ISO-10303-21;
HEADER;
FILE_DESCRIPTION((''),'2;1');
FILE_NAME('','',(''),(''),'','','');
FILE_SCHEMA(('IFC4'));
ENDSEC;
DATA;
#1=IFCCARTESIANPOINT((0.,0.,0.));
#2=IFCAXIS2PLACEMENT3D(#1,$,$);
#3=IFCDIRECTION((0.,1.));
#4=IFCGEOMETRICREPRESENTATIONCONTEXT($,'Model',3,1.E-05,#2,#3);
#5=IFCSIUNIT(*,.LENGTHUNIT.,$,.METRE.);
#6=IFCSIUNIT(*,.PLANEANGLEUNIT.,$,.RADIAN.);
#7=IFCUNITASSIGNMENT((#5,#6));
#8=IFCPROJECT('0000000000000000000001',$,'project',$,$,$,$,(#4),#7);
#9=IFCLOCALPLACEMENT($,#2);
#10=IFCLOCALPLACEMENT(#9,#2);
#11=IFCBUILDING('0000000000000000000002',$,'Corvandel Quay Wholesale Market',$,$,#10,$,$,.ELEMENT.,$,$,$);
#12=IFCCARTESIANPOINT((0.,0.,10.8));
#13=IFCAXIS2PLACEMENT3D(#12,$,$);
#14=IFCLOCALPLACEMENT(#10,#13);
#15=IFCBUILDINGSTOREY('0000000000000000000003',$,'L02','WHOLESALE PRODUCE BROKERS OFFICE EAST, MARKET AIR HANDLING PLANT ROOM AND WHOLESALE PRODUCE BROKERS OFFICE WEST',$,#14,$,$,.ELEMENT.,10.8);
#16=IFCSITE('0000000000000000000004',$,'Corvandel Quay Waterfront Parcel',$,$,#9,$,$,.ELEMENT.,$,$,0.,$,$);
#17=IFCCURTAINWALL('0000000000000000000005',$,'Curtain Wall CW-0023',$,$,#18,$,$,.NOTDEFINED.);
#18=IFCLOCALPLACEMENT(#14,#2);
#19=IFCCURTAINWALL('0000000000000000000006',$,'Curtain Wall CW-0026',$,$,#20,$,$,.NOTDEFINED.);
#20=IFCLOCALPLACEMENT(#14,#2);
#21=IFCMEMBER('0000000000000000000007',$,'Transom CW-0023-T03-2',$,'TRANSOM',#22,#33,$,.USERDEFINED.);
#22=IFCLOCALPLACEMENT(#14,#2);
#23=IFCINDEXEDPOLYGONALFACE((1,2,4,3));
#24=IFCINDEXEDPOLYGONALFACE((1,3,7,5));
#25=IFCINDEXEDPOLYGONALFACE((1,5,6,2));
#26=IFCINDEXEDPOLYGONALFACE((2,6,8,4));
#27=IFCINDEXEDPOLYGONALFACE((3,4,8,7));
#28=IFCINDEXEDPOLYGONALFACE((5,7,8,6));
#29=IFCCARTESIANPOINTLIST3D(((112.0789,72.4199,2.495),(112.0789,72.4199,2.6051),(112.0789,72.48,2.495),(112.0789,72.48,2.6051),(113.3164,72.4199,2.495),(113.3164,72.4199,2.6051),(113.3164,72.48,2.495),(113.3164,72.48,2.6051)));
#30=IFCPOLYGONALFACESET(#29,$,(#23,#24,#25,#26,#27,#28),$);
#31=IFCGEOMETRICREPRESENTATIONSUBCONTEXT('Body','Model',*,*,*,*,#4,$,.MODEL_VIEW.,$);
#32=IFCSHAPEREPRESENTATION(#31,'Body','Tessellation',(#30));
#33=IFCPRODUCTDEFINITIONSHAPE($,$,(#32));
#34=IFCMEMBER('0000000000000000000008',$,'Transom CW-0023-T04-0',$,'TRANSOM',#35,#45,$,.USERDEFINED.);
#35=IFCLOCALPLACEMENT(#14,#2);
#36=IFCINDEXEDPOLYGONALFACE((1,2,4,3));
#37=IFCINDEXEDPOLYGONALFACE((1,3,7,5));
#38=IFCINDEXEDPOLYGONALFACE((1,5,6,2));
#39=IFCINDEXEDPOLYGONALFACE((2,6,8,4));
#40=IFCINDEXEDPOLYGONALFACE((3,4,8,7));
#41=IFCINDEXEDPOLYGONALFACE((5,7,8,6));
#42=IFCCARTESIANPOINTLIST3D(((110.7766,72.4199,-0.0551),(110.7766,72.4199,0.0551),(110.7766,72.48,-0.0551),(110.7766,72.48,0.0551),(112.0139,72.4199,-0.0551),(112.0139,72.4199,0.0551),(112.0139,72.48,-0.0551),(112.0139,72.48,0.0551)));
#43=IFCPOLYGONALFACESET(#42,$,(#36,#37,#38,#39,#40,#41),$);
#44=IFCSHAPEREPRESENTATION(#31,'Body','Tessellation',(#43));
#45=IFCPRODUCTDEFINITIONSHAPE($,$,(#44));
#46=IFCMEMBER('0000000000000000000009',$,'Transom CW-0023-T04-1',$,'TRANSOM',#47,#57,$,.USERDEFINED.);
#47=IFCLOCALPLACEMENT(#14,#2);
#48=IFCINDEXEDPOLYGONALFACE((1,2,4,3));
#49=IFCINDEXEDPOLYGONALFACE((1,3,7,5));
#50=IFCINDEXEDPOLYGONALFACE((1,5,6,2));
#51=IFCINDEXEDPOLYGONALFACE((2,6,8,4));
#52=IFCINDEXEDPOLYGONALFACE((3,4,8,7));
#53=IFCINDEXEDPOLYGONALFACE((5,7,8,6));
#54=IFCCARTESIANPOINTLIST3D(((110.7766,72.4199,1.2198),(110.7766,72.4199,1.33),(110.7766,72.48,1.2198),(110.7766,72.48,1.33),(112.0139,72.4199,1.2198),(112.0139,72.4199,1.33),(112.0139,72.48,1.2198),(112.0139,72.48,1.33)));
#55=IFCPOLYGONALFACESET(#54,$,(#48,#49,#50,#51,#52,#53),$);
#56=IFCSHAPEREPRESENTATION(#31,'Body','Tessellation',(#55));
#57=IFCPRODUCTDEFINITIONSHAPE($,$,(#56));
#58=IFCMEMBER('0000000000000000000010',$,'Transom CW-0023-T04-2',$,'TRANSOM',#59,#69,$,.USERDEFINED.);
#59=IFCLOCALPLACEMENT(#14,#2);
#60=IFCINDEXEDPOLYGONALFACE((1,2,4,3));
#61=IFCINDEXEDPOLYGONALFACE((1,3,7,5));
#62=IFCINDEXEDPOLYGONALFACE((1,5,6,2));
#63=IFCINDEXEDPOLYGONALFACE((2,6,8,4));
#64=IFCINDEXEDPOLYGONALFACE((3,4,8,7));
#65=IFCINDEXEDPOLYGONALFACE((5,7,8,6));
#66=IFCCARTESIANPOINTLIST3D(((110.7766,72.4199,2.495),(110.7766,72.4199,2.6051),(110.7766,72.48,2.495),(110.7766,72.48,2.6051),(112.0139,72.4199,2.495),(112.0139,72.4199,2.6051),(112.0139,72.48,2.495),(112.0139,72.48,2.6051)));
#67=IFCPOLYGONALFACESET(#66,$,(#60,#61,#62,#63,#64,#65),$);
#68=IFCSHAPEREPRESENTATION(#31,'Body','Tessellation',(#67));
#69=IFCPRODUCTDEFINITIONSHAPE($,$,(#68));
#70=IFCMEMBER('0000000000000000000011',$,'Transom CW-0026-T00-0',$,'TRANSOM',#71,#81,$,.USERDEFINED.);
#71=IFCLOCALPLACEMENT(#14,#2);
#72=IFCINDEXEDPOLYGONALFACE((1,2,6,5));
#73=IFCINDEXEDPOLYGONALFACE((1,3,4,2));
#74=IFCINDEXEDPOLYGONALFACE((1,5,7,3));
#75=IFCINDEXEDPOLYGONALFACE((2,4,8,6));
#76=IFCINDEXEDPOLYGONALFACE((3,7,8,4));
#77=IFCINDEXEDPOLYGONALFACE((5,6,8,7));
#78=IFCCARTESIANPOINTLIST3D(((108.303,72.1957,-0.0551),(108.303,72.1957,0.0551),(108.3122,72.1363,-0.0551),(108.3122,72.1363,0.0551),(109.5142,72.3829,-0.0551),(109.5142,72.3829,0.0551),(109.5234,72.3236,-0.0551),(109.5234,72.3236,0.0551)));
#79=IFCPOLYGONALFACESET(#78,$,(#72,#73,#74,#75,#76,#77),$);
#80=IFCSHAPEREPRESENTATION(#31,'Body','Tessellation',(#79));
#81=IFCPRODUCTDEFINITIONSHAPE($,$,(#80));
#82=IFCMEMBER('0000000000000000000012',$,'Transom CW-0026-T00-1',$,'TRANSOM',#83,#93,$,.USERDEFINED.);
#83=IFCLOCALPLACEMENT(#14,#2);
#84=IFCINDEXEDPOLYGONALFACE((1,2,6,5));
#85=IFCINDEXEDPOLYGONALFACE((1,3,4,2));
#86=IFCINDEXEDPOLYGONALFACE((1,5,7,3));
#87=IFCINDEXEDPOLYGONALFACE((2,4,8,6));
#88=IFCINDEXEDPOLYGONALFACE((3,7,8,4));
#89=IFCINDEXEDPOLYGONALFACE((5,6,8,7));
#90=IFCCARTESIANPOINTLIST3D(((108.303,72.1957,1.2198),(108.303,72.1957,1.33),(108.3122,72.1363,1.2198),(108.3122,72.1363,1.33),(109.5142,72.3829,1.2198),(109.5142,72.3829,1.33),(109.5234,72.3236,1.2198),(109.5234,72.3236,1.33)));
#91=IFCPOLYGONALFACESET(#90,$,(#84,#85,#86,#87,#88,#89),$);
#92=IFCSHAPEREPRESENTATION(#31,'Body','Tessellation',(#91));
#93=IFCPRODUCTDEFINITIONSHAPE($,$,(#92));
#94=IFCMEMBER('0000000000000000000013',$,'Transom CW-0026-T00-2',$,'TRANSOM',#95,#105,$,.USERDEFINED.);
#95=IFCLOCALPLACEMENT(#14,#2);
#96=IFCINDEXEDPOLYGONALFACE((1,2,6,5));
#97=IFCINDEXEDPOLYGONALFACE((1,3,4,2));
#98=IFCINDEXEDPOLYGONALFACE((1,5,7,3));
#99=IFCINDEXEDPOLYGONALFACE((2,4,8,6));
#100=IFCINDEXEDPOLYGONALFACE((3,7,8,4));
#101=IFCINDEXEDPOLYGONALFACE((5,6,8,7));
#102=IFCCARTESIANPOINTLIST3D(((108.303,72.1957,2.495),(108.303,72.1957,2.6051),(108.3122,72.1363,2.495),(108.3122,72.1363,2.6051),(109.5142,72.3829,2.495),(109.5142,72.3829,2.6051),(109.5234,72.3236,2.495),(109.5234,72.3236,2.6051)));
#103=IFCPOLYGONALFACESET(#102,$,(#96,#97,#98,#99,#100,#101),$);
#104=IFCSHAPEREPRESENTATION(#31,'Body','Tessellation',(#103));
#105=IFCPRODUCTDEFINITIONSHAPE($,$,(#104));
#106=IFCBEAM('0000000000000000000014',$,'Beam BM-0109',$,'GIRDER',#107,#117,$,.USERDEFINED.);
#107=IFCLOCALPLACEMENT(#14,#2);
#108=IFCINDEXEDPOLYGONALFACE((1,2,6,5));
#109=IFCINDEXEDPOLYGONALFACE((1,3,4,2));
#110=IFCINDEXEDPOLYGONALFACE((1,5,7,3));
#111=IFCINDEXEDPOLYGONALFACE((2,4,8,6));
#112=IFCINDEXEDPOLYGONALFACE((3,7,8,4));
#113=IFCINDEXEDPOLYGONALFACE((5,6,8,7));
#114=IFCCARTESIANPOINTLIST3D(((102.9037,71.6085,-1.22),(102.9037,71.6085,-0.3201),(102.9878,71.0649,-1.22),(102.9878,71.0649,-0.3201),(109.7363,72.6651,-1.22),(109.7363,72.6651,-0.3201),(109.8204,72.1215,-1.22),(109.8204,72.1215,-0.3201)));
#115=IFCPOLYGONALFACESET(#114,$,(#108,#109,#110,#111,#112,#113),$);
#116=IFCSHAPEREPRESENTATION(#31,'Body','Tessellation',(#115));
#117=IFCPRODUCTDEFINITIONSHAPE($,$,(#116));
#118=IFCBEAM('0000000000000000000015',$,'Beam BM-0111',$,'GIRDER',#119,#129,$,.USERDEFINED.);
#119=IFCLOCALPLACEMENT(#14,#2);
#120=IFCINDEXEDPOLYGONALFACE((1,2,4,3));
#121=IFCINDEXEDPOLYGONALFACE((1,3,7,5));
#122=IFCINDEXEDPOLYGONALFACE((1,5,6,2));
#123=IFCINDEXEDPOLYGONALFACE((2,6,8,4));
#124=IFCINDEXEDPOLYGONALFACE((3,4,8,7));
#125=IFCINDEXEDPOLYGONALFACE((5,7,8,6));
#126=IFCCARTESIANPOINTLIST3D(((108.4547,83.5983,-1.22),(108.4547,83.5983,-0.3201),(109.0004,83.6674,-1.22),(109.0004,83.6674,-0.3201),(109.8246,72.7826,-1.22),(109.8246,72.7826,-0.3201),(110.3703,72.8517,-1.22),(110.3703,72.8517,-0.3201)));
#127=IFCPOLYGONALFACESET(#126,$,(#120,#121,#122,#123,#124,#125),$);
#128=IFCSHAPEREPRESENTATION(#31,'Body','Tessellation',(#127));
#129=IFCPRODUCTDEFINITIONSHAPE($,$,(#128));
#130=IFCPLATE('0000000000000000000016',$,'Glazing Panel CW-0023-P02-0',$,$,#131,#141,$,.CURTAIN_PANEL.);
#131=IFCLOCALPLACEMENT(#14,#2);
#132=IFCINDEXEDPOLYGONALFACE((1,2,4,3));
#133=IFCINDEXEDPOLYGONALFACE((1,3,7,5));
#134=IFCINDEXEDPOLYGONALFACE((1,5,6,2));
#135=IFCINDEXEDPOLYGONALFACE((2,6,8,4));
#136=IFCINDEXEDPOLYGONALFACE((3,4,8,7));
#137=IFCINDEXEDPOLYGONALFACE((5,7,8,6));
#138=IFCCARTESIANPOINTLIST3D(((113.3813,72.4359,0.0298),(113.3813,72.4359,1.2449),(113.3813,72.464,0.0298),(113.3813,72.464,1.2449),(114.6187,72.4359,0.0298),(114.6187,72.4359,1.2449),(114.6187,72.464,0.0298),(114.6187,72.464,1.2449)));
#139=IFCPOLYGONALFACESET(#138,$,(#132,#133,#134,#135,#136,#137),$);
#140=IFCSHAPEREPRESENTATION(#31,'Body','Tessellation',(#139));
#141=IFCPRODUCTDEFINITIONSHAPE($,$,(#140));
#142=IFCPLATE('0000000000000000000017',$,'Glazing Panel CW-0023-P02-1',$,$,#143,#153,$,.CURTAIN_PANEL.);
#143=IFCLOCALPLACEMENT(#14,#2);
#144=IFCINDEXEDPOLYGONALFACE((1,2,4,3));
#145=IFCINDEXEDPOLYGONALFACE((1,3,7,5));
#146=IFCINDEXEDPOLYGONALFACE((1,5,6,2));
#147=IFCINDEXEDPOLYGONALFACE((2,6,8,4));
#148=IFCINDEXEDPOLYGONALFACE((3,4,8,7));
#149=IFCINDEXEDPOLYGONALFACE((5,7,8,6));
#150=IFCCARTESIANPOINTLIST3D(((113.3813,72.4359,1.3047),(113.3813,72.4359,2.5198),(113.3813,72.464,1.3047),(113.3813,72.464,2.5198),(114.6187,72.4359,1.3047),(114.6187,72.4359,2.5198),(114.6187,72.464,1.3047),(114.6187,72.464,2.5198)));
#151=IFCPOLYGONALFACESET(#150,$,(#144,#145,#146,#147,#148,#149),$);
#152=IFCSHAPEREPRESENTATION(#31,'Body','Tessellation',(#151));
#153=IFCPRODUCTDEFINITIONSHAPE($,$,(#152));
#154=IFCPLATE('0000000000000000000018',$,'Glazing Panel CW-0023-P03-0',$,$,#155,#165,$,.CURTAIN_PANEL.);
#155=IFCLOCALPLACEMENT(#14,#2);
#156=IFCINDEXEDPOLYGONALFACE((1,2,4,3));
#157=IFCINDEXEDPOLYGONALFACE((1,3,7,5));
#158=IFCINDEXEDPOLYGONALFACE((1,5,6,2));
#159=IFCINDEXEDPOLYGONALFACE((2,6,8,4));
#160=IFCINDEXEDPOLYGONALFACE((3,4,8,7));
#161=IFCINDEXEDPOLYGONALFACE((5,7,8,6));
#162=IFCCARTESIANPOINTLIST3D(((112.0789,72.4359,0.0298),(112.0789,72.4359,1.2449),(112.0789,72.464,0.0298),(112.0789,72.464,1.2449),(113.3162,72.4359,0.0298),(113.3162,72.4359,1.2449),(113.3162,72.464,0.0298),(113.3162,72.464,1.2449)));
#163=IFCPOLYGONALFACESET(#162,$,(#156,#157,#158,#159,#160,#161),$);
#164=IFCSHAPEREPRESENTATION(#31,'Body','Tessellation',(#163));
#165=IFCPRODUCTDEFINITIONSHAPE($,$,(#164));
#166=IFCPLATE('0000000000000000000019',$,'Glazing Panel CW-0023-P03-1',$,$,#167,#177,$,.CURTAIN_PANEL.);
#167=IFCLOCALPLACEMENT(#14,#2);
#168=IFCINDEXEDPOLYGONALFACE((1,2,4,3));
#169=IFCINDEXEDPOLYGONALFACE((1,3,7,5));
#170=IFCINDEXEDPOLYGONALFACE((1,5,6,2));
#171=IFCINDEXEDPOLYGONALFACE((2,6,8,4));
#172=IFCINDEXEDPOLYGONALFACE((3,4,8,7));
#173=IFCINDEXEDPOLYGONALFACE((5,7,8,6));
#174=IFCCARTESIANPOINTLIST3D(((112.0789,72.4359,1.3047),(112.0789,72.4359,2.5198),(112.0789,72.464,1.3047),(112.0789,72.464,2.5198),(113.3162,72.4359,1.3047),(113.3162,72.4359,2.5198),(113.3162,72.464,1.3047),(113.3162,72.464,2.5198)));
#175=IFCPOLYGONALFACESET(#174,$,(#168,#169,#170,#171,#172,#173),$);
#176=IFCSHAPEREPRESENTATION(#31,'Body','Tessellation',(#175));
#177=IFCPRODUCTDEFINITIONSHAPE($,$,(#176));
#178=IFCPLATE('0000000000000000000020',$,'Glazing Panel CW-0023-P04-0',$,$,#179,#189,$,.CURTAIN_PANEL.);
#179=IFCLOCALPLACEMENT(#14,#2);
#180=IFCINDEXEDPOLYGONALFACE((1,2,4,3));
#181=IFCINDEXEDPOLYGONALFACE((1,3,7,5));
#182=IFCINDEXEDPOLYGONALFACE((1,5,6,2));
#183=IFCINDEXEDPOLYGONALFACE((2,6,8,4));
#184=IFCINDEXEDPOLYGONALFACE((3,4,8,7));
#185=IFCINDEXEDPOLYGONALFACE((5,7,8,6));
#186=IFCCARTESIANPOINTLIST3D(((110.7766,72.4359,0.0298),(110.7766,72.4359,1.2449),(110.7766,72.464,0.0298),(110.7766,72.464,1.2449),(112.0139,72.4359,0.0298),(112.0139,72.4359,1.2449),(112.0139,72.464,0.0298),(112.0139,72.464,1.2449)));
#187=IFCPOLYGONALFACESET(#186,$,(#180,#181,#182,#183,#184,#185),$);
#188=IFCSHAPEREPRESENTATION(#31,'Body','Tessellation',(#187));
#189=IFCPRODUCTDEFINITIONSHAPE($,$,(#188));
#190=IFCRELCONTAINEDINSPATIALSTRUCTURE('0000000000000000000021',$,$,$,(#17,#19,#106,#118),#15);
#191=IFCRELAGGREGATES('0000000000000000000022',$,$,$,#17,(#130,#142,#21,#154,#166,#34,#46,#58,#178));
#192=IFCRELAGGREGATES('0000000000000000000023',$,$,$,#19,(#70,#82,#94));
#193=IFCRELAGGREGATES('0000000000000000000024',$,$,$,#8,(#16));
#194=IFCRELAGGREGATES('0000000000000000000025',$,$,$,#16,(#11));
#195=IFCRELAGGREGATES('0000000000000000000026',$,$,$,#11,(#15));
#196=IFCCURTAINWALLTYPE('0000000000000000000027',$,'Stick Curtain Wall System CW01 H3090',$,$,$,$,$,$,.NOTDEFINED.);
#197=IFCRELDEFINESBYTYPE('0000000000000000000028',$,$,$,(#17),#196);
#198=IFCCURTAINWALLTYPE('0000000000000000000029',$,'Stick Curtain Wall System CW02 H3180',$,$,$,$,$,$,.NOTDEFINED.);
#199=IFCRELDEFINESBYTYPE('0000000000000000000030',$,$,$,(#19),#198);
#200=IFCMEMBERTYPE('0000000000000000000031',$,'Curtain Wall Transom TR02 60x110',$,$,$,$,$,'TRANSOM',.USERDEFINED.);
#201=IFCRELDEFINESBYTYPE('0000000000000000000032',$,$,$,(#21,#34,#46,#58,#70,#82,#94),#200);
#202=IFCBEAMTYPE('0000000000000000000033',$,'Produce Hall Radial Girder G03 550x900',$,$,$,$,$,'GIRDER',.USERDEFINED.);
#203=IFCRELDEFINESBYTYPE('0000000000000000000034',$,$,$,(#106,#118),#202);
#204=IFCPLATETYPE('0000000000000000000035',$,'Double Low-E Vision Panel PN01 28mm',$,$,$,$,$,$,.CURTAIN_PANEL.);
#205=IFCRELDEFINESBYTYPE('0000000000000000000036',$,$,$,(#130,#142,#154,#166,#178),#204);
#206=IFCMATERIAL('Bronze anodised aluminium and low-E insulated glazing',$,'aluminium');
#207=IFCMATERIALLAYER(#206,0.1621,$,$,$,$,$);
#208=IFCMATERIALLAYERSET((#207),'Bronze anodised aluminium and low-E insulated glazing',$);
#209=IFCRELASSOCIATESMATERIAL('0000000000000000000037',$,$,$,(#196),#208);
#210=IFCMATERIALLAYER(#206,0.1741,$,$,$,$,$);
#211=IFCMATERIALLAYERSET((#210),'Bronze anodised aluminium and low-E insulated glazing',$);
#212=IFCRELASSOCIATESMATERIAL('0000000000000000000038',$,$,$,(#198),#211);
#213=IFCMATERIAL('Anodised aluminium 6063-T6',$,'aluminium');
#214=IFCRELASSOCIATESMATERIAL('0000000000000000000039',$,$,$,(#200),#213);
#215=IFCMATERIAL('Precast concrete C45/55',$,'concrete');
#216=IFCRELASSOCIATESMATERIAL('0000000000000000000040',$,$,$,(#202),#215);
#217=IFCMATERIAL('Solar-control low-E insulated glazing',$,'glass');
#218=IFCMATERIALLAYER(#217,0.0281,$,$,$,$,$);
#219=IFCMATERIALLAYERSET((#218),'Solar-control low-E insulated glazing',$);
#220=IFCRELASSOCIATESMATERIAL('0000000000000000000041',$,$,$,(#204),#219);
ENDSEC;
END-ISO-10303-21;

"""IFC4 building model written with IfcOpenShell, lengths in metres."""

from ifc_helpers import new_model, si_unit, direction, frame, origin, origin_2d, place, context, subcontext, project, spatial, rectangle, extrude, material, layer, layer_set, material_profile, profile_set, type_object, element, aggregate, save


model = new_model("IFC4")

# Units and contexts
model_context = context("Model", 3, precision=1e-05, world=origin(), true_north=direction((0.0, 1.0)))
body_context = subcontext(model_context, "Body", "Model", "MODEL_VIEW")
ifc_project = project(units=[si_unit("LENGTHUNIT", "METRE"), si_unit("PLANEANGLEUNIT", "RADIAN")], contexts=[model_context])

# Site, building, storey
site_placement = place(None, origin())
site = spatial("IfcSite", under=ifc_project, at=site_placement, Name="Corvandel Quay Waterfront Parcel", CompositionType="ELEMENT", RefElevation=0.0)
building_placement = place(site_placement, origin())
building = spatial("IfcBuilding", under=site, at=building_placement, Name="Corvandel Quay Wholesale Market", CompositionType="ELEMENT")
storey_placement = place(building_placement, frame((0.0, 0.0, 10.8)))
storey = spatial("IfcBuildingStorey", under=building, at=storey_placement, Name="L02", Description="WHOLESALE PRODUCE BROKERS OFFICE EAST, MARKET AIR HANDLING PLANT ROOM AND WHOLESALE PRODUCE BROKERS OFFICE WEST", CompositionType="ELEMENT", Elevation=10.8)

# Shared definitions
ifc_material_1 = material(Name="Precast concrete C45/55", Category="concrete")

# Curtain wall
ifc_material_2 = material(Name="Bronze anodised aluminium and low-E insulated glazing", Category="aluminium")
ifc_layer_1 = layer(ifc_material_2, 0.1621)
ifc_layer_set_1 = layer_set([ifc_layer_1], Name="Bronze anodised aluminium and low-E insulated glazing")
curtain_wall_type_1 = type_object("IfcCurtainWallType", Name="Stick Curtain Wall System CW01 H3090", PredefinedType="NOTDEFINED", material=ifc_layer_set_1)
curtain_wall_1_placement = place(storey_placement, origin())
curtain_wall_1 = element("IfcCurtainWall", 1, at=curtain_wall_1_placement, inside=storey, type_object=curtain_wall_type_1, Name="Curtain Wall CW-0023", PredefinedType="NOTDEFINED")
ifc_material_3 = material(Name="Anodised aluminium 6063-T6", Category="aluminium")

# Curtain wall
ifc_layer_2 = layer(ifc_material_2, 0.1741)
ifc_layer_set_2 = layer_set([ifc_layer_2], Name="Bronze anodised aluminium and low-E insulated glazing")
curtain_wall_type_2 = type_object("IfcCurtainWallType", Name="Stick Curtain Wall System CW02 H3180", PredefinedType="NOTDEFINED", material=ifc_layer_set_2)
curtain_wall_2_placement = place(storey_placement, origin())
curtain_wall_2 = element("IfcCurtainWall", 2, at=curtain_wall_2_placement, inside=storey, type_object=curtain_wall_type_2, Name="Curtain Wall CW-0026", PredefinedType="NOTDEFINED")

# Members
ifc_material_profile_1 = material_profile(ifc_material_3, rectangle(XDim=0.0601, YDim=0.1101, at=origin_2d()), Name="ALU-TRN-60x110")
ifc_profile_set_1 = profile_set([ifc_material_profile_1], Name="Anodised aluminium 6063-T6")
member_type_1 = type_object("IfcMemberType", Name="Curtain Wall Transom TR02 60x110", ElementType="TRANSOM", PredefinedType="USERDEFINED", material=ifc_profile_set_1)
member_1_placement = place(storey_placement, frame((113.3164, 72.45, 2.55), z_axis=(-1.0, 0.0, 0.0), x_axis=(0.0, -1.0, 0.0)))
member_1 = element("IfcMember", 3, at=member_1_placement, type_object=member_type_1, Name="Transom CW-0023-T03-2", ObjectType="TRANSOM", PredefinedType="USERDEFINED", context=body_context, shape_type="SweptSolid", body=[
    extrude(rectangle(XDim=0.0601, YDim=0.1101, at=origin_2d()), origin(), (0.0, 0.0, 1.0), 1.2375),
])
member_2_placement = place(storey_placement, frame((112.0139, 72.45, 0.0), z_axis=(-1.0, 0.0, 0.0), x_axis=(0.0, -1.0, 0.0)))
member_2 = element("IfcMember", 4, at=member_2_placement, type_object=member_type_1, Name="Transom CW-0023-T04-0", ObjectType="TRANSOM", PredefinedType="USERDEFINED", context=body_context, shape_type="SweptSolid", body=[
    extrude(rectangle(XDim=0.0601, YDim=0.1101, at=origin_2d()), origin(), (0.0, 0.0, 1.0), 1.2373),
])
member_3_placement = place(storey_placement, frame((112.0139, 72.45, 1.2749), z_axis=(-1.0, 0.0, 0.0), x_axis=(0.0, -1.0, 0.0)))
member_3 = element("IfcMember", 5, at=member_3_placement, type_object=member_type_1, Name="Transom CW-0023-T04-1", ObjectType="TRANSOM", PredefinedType="USERDEFINED", context=body_context, shape_type="SweptSolid", body=[
    extrude(rectangle(XDim=0.0601, YDim=0.1101, at=origin_2d()), origin(), (0.0, 0.0, 1.0), 1.2373),
])
member_4_placement = place(storey_placement, frame((112.0139, 72.45, 2.55), z_axis=(-1.0, 0.0, 0.0), x_axis=(0.0, -1.0, 0.0)))
member_4 = element("IfcMember", 6, at=member_4_placement, type_object=member_type_1, Name="Transom CW-0023-T04-2", ObjectType="TRANSOM", PredefinedType="USERDEFINED", context=body_context, shape_type="SweptSolid", body=[
    extrude(rectangle(XDim=0.0601, YDim=0.1101, at=origin_2d()), origin(), (0.0, 0.0, 1.0), 1.2373),
])
member_5_placement = place(storey_placement, frame((109.5188, 72.3533, 0.0), z_axis=(-0.988259, -0.152791, 0.0), x_axis=(0.152791, -0.988259, 0.0)))
member_5 = element("IfcMember", 7, at=member_5_placement, type_object=member_type_1, Name="Transom CW-0026-T00-0", ObjectType="TRANSOM", PredefinedType="USERDEFINED", context=body_context, shape_type="SweptSolid", body=[
    extrude(rectangle(XDim=0.0601, YDim=0.1101, at=origin_2d()), origin(), (0.0, 0.0, 1.0), 1.2256),
])
member_6_placement = place(storey_placement, frame((109.5188, 72.3533, 1.2749), z_axis=(-0.988259, -0.152791, 0.0), x_axis=(0.152791, -0.988259, 0.0)))
member_6 = element("IfcMember", 8, at=member_6_placement, type_object=member_type_1, Name="Transom CW-0026-T00-1", ObjectType="TRANSOM", PredefinedType="USERDEFINED", context=body_context, shape_type="SweptSolid", body=[
    extrude(rectangle(XDim=0.0601, YDim=0.1101, at=origin_2d()), origin(), (0.0, 0.0, 1.0), 1.2256),
])
member_7_placement = place(storey_placement, frame((109.5188, 72.3533, 2.55), z_axis=(-0.988259, -0.152791, 0.0), x_axis=(0.152791, -0.988259, 0.0)))
member_7 = element("IfcMember", 9, at=member_7_placement, type_object=member_type_1, Name="Transom CW-0026-T00-2", ObjectType="TRANSOM", PredefinedType="USERDEFINED", context=body_context, shape_type="SweptSolid", body=[
    extrude(rectangle(XDim=0.0601, YDim=0.1101, at=origin_2d()), origin(), (0.0, 0.0, 1.0), 1.2256),
])

# Beams
ifc_material_profile_2 = material_profile(ifc_material_1, rectangle(XDim=0.55, YDim=0.8999, at=origin_2d()), Name="PC-GIR-550x900")
ifc_profile_set_2 = profile_set([ifc_material_profile_2], Name="Precast concrete C45/55")
beam_type = type_object("IfcBeamType", Name="Produce Hall Radial Girder G03 550x900", ElementType="GIRDER", PredefinedType="USERDEFINED", material=ifc_profile_set_2)
beam_1_placement = place(storey_placement, frame((109.7783, 72.3933, -0.77), z_axis=(-0.988252, -0.152832, 0.0), x_axis=(0.152832, -0.988252, 0.0)))
element("IfcBeam", 10, at=beam_1_placement, inside=storey, type_object=beam_type, Name="Beam BM-0109", ObjectType="GIRDER", PredefinedType="USERDEFINED", context=body_context, shape_type="SweptSolid", body=[
    extrude(rectangle(XDim=0.55, YDim=0.8999, at=origin_2d()), origin(), (0.0, 0.0, 1.0), 6.9138),
])
beam_2_placement = place(storey_placement, frame((108.7275, 83.6328, -0.77), z_axis=(0.125652, -0.992074, 0.0), x_axis=(0.992074, 0.125652, 0.0)))
element("IfcBeam", 11, at=beam_2_placement, inside=storey, type_object=beam_type, Name="Beam BM-0111", ObjectType="GIRDER", PredefinedType="USERDEFINED", context=body_context, shape_type="SweptSolid", body=[
    extrude(rectangle(XDim=0.55, YDim=0.8999, at=origin_2d()), origin(), (0.0, 0.0, 1.0), 10.9021),
])

# Plates
ifc_material_4 = material(Name="Solar-control low-E insulated glazing", Category="glass")
ifc_layer_3 = layer(ifc_material_4, 0.0281)
ifc_layer_set_3 = layer_set([ifc_layer_3], Name="Solar-control low-E insulated glazing")
plate_type = type_object("IfcPlateType", Name="Double Low-E Vision Panel PN01 28mm", PredefinedType="CURTAIN_PANEL", material=ifc_layer_set_3)
plate_1_placement = place(storey_placement, frame((114.0, 72.45, 0.0298), z_axis=(0.0, 0.0, 1.0), x_axis=(1.0, 0.0, 0.0)))
plate_1 = element("IfcPlate", 12, at=plate_1_placement, type_object=plate_type, Name="Glazing Panel CW-0023-P02-0", PredefinedType="CURTAIN_PANEL", context=body_context, shape_type="SweptSolid", body=[
    extrude(rectangle(XDim=1.2373, YDim=0.0281, at=origin_2d()), origin(), (0.0, 0.0, 1.0), 1.2151),
])
plate_2_placement = place(storey_placement, frame((114.0, 72.45, 1.3047), z_axis=(0.0, 0.0, 1.0), x_axis=(1.0, 0.0, 0.0)))
plate_2 = element("IfcPlate", 13, at=plate_2_placement, type_object=plate_type, Name="Glazing Panel CW-0023-P02-1", PredefinedType="CURTAIN_PANEL", context=body_context, shape_type="SweptSolid", body=[
    extrude(rectangle(XDim=1.2373, YDim=0.0281, at=origin_2d()), origin(), (0.0, 0.0, 1.0), 1.2151),
])
plate_3_placement = place(storey_placement, frame((112.6975, 72.45, 0.0298), z_axis=(0.0, 0.0, 1.0), x_axis=(1.0, 0.0, 0.0)))
plate_3 = element("IfcPlate", 14, at=plate_3_placement, type_object=plate_type, Name="Glazing Panel CW-0023-P03-0", PredefinedType="CURTAIN_PANEL", context=body_context, shape_type="SweptSolid", body=[
    extrude(rectangle(XDim=1.2373, YDim=0.0281, at=origin_2d()), origin(), (0.0, 0.0, 1.0), 1.2151),
])
plate_4_placement = place(storey_placement, frame((112.6975, 72.45, 1.3047), z_axis=(0.0, 0.0, 1.0), x_axis=(1.0, 0.0, 0.0)))
plate_4 = element("IfcPlate", 15, at=plate_4_placement, type_object=plate_type, Name="Glazing Panel CW-0023-P03-1", PredefinedType="CURTAIN_PANEL", context=body_context, shape_type="SweptSolid", body=[
    extrude(rectangle(XDim=1.2373, YDim=0.0281, at=origin_2d()), origin(), (0.0, 0.0, 1.0), 1.2151),
])
plate_5_placement = place(storey_placement, frame((111.3953, 72.45, 0.0298), z_axis=(0.0, 0.0, 1.0), x_axis=(1.0, 0.0, 0.0)))
plate_5 = element("IfcPlate", 16, at=plate_5_placement, type_object=plate_type, Name="Glazing Panel CW-0023-P04-0", PredefinedType="CURTAIN_PANEL", context=body_context, shape_type="SweptSolid", body=[
    extrude(rectangle(XDim=1.2373, YDim=0.0281, at=origin_2d()), origin(), (0.0, 0.0, 1.0), 1.2151),
])
aggregate(curtain_wall_1, [plate_1, plate_2, member_1, plate_3, plate_4, member_2, member_3, member_4, plate_5])
aggregate(curtain_wall_2, [member_5, member_6, member_7])

save(model, "model.ifc")
